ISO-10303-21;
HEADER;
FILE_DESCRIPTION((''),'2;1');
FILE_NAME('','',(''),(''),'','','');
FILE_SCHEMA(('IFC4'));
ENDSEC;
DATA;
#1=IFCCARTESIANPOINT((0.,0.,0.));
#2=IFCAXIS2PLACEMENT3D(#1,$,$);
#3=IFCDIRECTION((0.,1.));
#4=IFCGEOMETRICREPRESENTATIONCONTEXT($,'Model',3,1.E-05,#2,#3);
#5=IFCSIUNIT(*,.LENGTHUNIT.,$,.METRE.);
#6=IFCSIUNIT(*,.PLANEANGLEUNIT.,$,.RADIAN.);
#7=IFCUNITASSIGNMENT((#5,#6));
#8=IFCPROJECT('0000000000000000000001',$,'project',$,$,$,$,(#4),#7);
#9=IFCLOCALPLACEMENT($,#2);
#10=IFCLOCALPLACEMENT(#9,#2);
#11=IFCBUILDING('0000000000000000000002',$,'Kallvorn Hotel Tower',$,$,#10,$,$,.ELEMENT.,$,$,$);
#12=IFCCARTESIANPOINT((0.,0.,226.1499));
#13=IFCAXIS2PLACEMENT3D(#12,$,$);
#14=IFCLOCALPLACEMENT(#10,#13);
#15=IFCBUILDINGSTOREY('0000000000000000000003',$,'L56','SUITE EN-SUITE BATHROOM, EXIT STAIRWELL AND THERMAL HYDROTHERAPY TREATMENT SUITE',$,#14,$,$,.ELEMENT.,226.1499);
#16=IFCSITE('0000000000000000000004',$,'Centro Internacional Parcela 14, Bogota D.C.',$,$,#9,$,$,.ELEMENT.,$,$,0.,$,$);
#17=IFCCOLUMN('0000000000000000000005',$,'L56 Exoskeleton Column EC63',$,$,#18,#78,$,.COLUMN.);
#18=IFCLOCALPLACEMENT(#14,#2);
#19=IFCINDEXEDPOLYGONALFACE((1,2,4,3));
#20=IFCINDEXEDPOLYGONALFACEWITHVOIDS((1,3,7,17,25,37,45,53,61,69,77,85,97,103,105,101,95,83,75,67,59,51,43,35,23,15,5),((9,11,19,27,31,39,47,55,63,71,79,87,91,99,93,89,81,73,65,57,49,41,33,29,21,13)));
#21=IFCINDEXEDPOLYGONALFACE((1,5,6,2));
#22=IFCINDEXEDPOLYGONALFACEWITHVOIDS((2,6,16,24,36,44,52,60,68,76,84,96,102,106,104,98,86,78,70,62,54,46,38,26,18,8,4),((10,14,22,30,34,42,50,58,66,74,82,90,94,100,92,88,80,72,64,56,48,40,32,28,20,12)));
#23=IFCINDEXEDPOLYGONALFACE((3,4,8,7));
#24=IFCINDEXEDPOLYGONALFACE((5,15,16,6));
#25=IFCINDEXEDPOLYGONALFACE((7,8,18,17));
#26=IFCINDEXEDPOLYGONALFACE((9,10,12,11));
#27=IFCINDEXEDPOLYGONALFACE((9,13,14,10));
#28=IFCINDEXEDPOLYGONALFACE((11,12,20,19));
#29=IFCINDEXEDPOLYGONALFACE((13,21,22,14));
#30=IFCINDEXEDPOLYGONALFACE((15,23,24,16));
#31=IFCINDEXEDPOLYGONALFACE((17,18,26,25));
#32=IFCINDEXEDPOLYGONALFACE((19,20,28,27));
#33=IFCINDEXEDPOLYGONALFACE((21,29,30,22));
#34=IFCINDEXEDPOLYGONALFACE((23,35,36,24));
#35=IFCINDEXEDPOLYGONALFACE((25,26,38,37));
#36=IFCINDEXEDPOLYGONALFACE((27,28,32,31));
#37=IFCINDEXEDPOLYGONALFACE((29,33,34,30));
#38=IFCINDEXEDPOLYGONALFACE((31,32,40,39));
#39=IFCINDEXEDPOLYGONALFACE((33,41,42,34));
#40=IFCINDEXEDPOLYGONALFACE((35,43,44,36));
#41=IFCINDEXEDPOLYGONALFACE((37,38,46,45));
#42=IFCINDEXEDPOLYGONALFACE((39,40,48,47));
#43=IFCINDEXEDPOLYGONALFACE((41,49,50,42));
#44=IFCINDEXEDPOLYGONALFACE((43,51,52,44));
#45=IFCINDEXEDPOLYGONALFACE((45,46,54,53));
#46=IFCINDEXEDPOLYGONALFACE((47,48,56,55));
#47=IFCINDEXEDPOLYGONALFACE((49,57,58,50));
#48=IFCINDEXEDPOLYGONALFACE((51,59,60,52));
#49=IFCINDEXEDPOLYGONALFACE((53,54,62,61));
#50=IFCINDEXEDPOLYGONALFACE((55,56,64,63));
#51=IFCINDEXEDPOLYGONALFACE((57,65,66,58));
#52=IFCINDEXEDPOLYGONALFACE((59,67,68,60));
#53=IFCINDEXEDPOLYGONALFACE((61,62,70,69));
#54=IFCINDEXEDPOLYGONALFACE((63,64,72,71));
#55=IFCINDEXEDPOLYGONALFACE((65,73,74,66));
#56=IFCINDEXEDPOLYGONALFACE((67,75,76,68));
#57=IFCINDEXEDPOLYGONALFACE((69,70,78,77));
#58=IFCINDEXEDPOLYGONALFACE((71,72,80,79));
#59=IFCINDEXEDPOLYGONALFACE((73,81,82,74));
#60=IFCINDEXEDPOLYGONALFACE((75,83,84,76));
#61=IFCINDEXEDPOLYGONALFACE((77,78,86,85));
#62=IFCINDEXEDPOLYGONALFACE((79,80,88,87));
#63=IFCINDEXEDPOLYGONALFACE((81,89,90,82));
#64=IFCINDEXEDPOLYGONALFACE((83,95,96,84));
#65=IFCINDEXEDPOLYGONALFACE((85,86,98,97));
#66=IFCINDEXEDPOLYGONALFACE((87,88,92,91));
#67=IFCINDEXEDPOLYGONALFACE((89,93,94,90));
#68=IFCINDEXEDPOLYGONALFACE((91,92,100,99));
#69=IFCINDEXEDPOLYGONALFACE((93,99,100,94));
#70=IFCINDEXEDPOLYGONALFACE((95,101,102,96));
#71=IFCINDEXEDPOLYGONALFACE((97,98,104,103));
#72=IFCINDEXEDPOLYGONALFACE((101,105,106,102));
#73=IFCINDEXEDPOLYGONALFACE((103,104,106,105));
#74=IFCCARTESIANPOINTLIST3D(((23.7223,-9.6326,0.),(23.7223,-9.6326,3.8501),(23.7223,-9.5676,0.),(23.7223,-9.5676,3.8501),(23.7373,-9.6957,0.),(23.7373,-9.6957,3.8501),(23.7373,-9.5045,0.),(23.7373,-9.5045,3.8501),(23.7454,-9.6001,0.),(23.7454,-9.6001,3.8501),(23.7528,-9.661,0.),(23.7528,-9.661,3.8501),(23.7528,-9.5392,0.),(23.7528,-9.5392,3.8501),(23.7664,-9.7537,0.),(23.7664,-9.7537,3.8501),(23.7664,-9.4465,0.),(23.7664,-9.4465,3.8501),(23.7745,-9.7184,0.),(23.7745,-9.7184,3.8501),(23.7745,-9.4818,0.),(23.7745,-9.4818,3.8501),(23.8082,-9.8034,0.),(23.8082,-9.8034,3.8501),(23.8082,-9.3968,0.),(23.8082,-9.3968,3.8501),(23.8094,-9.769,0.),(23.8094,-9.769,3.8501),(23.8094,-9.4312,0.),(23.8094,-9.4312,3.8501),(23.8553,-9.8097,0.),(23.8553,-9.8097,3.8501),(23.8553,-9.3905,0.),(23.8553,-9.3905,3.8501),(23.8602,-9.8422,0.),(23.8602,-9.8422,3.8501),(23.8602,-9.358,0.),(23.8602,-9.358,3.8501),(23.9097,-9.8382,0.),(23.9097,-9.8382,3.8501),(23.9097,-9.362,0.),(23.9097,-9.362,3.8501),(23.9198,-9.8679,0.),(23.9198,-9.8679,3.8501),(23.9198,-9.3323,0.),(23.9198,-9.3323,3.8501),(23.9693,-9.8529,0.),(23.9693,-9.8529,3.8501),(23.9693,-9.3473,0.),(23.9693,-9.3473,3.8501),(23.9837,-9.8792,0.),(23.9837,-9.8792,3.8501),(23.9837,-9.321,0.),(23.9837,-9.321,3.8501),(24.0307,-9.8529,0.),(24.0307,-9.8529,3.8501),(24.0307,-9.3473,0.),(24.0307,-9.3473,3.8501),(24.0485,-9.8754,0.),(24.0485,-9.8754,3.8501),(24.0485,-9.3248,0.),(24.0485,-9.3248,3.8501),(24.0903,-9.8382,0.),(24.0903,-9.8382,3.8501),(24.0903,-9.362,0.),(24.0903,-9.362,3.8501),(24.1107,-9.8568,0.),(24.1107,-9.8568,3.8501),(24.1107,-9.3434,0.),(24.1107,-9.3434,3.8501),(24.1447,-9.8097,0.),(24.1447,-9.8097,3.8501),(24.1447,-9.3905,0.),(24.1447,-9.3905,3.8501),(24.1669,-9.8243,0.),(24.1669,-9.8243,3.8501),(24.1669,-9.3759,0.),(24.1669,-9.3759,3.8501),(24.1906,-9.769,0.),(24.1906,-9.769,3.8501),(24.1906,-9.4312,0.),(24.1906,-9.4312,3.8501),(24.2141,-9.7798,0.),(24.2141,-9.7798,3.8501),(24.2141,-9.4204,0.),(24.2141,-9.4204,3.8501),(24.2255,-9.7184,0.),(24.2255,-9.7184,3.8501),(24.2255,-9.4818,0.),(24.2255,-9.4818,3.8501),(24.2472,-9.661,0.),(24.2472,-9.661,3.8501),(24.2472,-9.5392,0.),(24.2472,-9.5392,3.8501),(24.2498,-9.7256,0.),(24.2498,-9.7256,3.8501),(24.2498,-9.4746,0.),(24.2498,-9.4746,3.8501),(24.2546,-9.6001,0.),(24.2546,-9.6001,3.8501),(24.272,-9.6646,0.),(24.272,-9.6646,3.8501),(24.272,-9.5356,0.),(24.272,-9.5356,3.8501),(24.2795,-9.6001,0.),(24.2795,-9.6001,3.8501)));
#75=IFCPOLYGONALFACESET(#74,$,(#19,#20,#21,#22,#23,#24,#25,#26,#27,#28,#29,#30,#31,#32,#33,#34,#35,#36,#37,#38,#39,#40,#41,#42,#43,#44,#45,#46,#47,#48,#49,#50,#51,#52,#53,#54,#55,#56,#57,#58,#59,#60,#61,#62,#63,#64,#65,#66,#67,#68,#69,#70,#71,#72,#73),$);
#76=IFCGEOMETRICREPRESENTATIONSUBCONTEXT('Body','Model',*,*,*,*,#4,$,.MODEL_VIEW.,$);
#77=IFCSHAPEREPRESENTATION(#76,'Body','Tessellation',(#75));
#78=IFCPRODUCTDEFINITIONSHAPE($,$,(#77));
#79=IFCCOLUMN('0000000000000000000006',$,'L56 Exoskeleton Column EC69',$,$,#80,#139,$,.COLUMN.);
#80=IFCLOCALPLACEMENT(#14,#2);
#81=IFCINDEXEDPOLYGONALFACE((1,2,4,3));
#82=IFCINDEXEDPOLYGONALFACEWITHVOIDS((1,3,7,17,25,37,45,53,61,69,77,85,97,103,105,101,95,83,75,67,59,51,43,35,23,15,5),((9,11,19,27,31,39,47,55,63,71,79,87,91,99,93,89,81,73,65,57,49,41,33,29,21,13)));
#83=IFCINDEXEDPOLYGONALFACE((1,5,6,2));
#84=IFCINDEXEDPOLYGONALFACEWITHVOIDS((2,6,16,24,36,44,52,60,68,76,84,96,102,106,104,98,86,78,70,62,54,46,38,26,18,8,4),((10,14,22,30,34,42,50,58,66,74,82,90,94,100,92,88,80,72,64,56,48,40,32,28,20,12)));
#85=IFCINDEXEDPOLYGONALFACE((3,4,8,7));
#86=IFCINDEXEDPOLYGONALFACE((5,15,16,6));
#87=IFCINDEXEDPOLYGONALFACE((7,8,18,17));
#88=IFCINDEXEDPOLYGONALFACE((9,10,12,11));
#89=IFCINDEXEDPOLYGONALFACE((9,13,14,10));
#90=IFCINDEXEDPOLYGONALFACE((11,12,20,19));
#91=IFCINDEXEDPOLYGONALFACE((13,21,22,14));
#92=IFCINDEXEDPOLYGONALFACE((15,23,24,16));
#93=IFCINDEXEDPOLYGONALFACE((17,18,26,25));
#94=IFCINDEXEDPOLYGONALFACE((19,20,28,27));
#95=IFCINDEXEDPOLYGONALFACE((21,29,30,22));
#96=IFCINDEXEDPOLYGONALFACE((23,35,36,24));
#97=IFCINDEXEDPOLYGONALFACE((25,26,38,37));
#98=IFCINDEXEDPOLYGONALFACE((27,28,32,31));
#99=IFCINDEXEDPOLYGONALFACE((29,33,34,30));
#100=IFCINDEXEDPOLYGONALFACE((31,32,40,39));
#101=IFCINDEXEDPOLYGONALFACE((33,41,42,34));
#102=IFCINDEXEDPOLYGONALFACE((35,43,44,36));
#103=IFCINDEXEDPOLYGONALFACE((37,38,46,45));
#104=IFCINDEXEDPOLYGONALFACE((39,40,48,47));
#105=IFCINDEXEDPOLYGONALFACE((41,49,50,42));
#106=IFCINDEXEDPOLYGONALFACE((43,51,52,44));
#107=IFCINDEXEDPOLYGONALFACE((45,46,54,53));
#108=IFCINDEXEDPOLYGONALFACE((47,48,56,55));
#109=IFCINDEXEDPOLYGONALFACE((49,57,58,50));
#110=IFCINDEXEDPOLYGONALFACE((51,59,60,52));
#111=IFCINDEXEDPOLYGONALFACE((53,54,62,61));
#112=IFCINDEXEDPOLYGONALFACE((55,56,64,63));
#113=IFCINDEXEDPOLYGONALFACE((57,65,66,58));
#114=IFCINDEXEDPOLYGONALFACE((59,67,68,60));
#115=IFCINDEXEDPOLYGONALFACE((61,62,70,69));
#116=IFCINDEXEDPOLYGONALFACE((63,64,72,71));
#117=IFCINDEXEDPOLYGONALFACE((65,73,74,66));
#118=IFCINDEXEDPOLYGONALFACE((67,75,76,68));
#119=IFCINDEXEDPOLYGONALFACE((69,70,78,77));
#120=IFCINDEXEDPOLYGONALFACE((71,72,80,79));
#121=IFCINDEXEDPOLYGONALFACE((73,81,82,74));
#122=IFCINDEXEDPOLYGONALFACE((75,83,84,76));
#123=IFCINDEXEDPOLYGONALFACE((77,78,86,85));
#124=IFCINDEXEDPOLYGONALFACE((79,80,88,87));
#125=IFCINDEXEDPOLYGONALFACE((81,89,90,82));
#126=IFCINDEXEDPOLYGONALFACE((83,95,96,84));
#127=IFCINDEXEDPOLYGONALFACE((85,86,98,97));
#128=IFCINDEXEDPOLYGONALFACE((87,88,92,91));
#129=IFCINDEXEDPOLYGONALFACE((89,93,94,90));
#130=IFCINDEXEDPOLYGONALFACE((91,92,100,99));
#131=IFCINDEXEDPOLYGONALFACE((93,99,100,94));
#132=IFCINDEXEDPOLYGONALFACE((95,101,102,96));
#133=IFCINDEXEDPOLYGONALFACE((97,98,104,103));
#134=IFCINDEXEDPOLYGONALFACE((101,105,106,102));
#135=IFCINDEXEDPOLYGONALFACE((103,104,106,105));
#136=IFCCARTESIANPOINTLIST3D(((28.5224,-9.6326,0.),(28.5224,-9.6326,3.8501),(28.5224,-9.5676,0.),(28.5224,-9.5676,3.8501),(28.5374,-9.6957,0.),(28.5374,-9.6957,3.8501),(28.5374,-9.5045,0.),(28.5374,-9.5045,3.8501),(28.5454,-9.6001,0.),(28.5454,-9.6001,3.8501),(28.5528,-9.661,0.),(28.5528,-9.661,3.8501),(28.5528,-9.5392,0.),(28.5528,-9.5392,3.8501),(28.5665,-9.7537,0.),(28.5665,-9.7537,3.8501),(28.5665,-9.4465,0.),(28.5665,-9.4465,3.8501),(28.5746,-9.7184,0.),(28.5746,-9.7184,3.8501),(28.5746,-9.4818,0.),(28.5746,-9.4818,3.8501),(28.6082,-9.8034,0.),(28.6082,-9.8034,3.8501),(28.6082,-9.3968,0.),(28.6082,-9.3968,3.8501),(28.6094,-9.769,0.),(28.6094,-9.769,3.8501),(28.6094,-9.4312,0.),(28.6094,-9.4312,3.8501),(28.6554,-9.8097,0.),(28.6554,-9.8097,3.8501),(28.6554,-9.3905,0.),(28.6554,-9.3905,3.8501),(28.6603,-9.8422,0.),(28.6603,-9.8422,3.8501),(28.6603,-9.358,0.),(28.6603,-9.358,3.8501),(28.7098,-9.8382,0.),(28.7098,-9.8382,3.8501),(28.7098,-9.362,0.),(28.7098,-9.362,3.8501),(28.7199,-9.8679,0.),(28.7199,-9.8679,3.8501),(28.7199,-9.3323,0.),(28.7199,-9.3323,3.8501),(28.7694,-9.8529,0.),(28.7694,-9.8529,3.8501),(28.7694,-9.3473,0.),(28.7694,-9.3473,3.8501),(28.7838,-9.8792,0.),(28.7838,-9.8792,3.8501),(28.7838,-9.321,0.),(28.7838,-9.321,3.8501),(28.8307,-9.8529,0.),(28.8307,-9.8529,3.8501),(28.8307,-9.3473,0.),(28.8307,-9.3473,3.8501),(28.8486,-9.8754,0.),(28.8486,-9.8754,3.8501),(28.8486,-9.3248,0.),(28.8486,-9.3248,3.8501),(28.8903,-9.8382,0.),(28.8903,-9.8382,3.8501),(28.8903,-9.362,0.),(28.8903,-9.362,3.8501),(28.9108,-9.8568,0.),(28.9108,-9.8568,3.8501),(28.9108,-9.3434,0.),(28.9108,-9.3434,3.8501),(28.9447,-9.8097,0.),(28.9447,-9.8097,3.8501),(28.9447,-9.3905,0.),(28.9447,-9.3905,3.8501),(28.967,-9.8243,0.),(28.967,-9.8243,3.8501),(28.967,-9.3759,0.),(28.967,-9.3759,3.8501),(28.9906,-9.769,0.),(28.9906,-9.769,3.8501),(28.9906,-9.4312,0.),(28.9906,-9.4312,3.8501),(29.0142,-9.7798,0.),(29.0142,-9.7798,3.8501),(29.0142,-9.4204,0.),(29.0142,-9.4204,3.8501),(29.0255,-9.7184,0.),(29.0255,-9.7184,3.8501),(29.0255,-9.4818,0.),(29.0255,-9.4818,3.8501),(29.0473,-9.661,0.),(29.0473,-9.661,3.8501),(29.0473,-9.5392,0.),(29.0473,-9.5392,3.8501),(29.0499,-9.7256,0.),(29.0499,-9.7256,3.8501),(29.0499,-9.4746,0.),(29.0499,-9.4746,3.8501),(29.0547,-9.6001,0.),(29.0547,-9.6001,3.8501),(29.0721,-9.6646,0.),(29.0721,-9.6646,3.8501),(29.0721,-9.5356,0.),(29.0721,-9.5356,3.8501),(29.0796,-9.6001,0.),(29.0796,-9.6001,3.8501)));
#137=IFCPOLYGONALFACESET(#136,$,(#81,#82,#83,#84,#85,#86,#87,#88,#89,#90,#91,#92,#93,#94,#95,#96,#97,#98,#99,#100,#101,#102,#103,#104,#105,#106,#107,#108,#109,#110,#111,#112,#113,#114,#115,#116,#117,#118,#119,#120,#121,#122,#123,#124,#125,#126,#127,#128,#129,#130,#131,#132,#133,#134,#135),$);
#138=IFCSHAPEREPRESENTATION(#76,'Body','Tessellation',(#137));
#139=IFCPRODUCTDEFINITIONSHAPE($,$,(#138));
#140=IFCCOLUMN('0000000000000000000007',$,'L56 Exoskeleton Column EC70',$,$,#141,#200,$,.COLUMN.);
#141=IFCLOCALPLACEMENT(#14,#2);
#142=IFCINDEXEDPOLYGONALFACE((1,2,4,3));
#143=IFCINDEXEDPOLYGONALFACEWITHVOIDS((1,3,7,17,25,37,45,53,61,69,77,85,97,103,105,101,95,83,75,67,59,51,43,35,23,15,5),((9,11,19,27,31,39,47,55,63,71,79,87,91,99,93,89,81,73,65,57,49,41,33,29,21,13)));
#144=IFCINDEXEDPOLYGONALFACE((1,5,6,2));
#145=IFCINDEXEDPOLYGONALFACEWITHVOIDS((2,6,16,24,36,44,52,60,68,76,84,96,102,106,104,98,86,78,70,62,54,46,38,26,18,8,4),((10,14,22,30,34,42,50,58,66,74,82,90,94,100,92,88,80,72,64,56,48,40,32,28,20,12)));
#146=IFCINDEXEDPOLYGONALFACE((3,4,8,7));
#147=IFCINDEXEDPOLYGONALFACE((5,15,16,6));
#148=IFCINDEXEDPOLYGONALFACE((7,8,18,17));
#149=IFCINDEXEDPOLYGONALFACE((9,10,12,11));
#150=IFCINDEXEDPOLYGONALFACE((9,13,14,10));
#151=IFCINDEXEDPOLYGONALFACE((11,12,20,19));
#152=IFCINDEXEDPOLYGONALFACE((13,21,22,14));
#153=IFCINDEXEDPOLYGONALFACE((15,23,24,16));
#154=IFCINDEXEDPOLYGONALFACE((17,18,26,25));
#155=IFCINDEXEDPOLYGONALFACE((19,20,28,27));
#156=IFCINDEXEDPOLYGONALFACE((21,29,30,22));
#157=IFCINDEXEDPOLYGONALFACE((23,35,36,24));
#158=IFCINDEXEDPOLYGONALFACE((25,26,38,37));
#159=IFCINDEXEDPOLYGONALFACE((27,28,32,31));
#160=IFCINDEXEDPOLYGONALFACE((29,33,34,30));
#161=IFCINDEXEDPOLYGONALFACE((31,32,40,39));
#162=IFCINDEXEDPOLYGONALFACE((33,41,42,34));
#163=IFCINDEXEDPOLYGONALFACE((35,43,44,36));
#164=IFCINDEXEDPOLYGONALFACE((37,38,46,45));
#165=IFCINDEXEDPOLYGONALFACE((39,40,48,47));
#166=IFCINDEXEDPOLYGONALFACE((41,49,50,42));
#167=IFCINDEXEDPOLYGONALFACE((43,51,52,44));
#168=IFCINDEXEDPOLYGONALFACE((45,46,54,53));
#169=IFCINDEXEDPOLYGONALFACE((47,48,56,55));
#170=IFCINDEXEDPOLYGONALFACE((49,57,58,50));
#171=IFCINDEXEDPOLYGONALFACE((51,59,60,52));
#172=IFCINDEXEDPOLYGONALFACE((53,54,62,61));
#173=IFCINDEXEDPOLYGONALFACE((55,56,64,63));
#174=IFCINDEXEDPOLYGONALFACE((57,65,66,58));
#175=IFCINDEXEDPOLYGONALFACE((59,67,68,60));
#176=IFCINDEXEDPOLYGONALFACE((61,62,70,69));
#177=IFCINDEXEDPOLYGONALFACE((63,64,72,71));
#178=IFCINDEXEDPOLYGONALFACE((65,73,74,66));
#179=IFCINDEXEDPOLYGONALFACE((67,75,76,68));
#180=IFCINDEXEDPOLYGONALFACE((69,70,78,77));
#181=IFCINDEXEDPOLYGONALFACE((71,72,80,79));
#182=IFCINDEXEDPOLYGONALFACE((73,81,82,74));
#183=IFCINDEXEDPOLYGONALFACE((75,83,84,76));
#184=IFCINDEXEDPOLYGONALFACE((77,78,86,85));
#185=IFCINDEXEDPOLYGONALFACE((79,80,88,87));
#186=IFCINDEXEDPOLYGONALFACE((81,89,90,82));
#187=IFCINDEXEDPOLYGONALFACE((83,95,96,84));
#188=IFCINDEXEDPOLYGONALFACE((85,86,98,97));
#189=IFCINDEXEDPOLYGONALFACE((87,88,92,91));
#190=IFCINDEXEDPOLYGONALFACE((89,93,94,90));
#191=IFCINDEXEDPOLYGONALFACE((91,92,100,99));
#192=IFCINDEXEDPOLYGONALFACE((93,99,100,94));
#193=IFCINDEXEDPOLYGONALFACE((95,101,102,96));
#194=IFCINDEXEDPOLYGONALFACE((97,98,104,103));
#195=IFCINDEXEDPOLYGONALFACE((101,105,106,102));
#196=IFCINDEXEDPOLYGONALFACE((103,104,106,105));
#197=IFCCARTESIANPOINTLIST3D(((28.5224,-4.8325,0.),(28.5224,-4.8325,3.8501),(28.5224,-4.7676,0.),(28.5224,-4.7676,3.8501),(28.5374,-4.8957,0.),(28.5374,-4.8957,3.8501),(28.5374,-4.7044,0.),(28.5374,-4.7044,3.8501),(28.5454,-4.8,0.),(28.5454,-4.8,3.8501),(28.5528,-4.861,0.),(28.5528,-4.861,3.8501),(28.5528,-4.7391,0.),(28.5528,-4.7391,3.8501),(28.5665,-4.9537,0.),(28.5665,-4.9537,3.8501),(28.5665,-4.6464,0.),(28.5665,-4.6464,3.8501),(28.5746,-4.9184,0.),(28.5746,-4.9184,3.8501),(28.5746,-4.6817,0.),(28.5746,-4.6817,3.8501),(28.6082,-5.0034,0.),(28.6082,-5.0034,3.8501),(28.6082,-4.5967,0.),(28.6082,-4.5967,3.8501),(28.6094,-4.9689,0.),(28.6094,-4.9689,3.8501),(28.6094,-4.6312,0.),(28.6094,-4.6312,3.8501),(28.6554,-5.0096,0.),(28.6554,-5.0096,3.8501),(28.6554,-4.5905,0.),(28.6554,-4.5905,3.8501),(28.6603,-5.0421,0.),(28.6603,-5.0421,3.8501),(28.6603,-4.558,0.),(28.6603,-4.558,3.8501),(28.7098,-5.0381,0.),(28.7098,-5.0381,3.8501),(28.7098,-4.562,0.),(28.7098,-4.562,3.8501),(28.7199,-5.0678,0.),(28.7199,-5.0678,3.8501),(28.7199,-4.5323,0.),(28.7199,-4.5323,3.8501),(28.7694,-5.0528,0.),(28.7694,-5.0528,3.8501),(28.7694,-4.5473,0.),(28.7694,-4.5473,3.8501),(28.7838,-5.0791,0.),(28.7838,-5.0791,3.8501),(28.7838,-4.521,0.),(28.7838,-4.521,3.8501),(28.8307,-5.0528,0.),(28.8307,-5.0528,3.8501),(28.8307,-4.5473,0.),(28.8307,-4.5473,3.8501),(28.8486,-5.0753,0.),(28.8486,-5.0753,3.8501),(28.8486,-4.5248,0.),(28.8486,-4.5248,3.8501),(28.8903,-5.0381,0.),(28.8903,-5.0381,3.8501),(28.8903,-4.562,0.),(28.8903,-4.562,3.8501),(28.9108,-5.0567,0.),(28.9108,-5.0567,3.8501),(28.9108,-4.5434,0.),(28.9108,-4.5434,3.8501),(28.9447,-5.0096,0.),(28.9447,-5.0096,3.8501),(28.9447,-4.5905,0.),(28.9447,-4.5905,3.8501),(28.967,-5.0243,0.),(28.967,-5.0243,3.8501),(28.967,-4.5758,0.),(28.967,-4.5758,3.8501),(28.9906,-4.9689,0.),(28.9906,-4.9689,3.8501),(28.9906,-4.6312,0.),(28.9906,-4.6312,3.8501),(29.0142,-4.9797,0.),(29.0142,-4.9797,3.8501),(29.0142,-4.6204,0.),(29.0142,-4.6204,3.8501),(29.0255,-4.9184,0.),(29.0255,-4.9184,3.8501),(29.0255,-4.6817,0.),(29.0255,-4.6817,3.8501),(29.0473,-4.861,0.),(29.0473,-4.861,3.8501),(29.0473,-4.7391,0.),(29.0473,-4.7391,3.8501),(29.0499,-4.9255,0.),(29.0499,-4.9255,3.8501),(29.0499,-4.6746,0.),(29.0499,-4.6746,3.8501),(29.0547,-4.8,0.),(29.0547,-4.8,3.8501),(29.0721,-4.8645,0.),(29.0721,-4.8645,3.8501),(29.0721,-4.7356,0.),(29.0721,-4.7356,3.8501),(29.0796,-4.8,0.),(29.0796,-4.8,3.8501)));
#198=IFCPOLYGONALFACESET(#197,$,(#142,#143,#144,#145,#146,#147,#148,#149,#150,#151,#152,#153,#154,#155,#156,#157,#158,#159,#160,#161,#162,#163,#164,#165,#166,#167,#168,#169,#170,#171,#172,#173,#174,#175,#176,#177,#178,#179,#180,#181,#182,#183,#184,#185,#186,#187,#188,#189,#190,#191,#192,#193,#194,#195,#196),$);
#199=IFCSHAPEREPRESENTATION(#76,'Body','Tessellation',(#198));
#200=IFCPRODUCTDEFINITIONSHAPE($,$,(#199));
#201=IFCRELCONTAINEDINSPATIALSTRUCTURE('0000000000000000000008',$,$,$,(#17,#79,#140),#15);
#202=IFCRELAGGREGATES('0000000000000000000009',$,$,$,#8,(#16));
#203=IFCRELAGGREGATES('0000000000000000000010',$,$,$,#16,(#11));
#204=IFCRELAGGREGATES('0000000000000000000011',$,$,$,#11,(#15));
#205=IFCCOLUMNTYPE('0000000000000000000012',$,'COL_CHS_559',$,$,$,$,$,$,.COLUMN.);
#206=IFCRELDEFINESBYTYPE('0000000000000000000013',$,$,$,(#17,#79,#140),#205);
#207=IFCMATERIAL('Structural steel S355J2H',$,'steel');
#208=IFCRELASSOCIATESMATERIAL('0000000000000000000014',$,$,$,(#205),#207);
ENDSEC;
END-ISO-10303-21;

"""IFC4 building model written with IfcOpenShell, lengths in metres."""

from ifc_helpers import new_model, si_unit, direction, frame, origin, origin_2d, place, context, subcontext, project, spatial, hollow_circle, extrude, material, material_profile, profile_set, type_object, element, save


model = new_model("IFC4")

# Units and contexts
model_context = context("Model", 3, precision=1e-05, world=origin(), true_north=direction((0.0, 1.0)))
body_context = subcontext(model_context, "Body", "Model", "MODEL_VIEW")
ifc_project = project(units=[si_unit("LENGTHUNIT", "METRE"), si_unit("PLANEANGLEUNIT", "RADIAN")], contexts=[model_context])

# Site, building, storey
site_placement = place(None, origin())
site = spatial("IfcSite", under=ifc_project, at=site_placement, Name="Centro Internacional Parcela 14, Bogota D.C.", CompositionType="ELEMENT", RefElevation=0.0)
building_placement = place(site_placement, origin())
building = spatial("IfcBuilding", under=site, at=building_placement, Name="Kallvorn Hotel Tower", CompositionType="ELEMENT")
storey_placement = place(building_placement, frame((0.0, 0.0, 226.1499)))
storey = spatial("IfcBuildingStorey", under=building, at=storey_placement, Name="L56", Description="SUITE EN-SUITE BATHROOM, EXIT STAIRWELL AND THERMAL HYDROTHERAPY TREATMENT SUITE", CompositionType="ELEMENT", Elevation=226.1499)

# Columns
ifc_material_1 = material(Name="Structural steel S355J2H", Category="steel")
ifc_material_profile_1 = material_profile(ifc_material_1, hollow_circle(Radius=0.2795, WallThickness=0.0249, at=origin_2d()), Name="CHS 559x25")
ifc_profile_set_1 = profile_set([ifc_material_profile_1], Name="Structural steel S355J2H")
column_type_1 = type_object("IfcColumnType", Name="COL_CHS_559", PredefinedType="COLUMN", material=ifc_profile_set_1)
for number, where, z_axis, x_axis, name in (
    (1, (24.0, -9.6001, 0.0), (0.0, 0.0, 1.0), (1.0, 0.0, 0.0), "L56 Exoskeleton Column EC63"),
    (2, (28.8, -9.6001, 0.0), (0.0, 0.0, 1.0), (1.0, 0.0, 0.0), "L56 Exoskeleton Column EC69"),
    (3, (28.8, -4.8, 0.0), (0.0, 0.0, 1.0), (1.0, 0.0, 0.0), "L56 Exoskeleton Column EC70"),
):
    element("IfcColumn", number, at=place(storey_placement, frame(where, z_axis=z_axis, x_axis=x_axis)), inside=storey, type_object=column_type_1, Name=name, PredefinedType="COLUMN", context=body_context, shape_type="SweptSolid", body=[
        extrude(hollow_circle(Radius=0.2795, WallThickness=0.0249, at=origin_2d()), origin(), (0.0, 0.0, 1.0), 3.8501),
    ])

save(model, "model.ifc")
